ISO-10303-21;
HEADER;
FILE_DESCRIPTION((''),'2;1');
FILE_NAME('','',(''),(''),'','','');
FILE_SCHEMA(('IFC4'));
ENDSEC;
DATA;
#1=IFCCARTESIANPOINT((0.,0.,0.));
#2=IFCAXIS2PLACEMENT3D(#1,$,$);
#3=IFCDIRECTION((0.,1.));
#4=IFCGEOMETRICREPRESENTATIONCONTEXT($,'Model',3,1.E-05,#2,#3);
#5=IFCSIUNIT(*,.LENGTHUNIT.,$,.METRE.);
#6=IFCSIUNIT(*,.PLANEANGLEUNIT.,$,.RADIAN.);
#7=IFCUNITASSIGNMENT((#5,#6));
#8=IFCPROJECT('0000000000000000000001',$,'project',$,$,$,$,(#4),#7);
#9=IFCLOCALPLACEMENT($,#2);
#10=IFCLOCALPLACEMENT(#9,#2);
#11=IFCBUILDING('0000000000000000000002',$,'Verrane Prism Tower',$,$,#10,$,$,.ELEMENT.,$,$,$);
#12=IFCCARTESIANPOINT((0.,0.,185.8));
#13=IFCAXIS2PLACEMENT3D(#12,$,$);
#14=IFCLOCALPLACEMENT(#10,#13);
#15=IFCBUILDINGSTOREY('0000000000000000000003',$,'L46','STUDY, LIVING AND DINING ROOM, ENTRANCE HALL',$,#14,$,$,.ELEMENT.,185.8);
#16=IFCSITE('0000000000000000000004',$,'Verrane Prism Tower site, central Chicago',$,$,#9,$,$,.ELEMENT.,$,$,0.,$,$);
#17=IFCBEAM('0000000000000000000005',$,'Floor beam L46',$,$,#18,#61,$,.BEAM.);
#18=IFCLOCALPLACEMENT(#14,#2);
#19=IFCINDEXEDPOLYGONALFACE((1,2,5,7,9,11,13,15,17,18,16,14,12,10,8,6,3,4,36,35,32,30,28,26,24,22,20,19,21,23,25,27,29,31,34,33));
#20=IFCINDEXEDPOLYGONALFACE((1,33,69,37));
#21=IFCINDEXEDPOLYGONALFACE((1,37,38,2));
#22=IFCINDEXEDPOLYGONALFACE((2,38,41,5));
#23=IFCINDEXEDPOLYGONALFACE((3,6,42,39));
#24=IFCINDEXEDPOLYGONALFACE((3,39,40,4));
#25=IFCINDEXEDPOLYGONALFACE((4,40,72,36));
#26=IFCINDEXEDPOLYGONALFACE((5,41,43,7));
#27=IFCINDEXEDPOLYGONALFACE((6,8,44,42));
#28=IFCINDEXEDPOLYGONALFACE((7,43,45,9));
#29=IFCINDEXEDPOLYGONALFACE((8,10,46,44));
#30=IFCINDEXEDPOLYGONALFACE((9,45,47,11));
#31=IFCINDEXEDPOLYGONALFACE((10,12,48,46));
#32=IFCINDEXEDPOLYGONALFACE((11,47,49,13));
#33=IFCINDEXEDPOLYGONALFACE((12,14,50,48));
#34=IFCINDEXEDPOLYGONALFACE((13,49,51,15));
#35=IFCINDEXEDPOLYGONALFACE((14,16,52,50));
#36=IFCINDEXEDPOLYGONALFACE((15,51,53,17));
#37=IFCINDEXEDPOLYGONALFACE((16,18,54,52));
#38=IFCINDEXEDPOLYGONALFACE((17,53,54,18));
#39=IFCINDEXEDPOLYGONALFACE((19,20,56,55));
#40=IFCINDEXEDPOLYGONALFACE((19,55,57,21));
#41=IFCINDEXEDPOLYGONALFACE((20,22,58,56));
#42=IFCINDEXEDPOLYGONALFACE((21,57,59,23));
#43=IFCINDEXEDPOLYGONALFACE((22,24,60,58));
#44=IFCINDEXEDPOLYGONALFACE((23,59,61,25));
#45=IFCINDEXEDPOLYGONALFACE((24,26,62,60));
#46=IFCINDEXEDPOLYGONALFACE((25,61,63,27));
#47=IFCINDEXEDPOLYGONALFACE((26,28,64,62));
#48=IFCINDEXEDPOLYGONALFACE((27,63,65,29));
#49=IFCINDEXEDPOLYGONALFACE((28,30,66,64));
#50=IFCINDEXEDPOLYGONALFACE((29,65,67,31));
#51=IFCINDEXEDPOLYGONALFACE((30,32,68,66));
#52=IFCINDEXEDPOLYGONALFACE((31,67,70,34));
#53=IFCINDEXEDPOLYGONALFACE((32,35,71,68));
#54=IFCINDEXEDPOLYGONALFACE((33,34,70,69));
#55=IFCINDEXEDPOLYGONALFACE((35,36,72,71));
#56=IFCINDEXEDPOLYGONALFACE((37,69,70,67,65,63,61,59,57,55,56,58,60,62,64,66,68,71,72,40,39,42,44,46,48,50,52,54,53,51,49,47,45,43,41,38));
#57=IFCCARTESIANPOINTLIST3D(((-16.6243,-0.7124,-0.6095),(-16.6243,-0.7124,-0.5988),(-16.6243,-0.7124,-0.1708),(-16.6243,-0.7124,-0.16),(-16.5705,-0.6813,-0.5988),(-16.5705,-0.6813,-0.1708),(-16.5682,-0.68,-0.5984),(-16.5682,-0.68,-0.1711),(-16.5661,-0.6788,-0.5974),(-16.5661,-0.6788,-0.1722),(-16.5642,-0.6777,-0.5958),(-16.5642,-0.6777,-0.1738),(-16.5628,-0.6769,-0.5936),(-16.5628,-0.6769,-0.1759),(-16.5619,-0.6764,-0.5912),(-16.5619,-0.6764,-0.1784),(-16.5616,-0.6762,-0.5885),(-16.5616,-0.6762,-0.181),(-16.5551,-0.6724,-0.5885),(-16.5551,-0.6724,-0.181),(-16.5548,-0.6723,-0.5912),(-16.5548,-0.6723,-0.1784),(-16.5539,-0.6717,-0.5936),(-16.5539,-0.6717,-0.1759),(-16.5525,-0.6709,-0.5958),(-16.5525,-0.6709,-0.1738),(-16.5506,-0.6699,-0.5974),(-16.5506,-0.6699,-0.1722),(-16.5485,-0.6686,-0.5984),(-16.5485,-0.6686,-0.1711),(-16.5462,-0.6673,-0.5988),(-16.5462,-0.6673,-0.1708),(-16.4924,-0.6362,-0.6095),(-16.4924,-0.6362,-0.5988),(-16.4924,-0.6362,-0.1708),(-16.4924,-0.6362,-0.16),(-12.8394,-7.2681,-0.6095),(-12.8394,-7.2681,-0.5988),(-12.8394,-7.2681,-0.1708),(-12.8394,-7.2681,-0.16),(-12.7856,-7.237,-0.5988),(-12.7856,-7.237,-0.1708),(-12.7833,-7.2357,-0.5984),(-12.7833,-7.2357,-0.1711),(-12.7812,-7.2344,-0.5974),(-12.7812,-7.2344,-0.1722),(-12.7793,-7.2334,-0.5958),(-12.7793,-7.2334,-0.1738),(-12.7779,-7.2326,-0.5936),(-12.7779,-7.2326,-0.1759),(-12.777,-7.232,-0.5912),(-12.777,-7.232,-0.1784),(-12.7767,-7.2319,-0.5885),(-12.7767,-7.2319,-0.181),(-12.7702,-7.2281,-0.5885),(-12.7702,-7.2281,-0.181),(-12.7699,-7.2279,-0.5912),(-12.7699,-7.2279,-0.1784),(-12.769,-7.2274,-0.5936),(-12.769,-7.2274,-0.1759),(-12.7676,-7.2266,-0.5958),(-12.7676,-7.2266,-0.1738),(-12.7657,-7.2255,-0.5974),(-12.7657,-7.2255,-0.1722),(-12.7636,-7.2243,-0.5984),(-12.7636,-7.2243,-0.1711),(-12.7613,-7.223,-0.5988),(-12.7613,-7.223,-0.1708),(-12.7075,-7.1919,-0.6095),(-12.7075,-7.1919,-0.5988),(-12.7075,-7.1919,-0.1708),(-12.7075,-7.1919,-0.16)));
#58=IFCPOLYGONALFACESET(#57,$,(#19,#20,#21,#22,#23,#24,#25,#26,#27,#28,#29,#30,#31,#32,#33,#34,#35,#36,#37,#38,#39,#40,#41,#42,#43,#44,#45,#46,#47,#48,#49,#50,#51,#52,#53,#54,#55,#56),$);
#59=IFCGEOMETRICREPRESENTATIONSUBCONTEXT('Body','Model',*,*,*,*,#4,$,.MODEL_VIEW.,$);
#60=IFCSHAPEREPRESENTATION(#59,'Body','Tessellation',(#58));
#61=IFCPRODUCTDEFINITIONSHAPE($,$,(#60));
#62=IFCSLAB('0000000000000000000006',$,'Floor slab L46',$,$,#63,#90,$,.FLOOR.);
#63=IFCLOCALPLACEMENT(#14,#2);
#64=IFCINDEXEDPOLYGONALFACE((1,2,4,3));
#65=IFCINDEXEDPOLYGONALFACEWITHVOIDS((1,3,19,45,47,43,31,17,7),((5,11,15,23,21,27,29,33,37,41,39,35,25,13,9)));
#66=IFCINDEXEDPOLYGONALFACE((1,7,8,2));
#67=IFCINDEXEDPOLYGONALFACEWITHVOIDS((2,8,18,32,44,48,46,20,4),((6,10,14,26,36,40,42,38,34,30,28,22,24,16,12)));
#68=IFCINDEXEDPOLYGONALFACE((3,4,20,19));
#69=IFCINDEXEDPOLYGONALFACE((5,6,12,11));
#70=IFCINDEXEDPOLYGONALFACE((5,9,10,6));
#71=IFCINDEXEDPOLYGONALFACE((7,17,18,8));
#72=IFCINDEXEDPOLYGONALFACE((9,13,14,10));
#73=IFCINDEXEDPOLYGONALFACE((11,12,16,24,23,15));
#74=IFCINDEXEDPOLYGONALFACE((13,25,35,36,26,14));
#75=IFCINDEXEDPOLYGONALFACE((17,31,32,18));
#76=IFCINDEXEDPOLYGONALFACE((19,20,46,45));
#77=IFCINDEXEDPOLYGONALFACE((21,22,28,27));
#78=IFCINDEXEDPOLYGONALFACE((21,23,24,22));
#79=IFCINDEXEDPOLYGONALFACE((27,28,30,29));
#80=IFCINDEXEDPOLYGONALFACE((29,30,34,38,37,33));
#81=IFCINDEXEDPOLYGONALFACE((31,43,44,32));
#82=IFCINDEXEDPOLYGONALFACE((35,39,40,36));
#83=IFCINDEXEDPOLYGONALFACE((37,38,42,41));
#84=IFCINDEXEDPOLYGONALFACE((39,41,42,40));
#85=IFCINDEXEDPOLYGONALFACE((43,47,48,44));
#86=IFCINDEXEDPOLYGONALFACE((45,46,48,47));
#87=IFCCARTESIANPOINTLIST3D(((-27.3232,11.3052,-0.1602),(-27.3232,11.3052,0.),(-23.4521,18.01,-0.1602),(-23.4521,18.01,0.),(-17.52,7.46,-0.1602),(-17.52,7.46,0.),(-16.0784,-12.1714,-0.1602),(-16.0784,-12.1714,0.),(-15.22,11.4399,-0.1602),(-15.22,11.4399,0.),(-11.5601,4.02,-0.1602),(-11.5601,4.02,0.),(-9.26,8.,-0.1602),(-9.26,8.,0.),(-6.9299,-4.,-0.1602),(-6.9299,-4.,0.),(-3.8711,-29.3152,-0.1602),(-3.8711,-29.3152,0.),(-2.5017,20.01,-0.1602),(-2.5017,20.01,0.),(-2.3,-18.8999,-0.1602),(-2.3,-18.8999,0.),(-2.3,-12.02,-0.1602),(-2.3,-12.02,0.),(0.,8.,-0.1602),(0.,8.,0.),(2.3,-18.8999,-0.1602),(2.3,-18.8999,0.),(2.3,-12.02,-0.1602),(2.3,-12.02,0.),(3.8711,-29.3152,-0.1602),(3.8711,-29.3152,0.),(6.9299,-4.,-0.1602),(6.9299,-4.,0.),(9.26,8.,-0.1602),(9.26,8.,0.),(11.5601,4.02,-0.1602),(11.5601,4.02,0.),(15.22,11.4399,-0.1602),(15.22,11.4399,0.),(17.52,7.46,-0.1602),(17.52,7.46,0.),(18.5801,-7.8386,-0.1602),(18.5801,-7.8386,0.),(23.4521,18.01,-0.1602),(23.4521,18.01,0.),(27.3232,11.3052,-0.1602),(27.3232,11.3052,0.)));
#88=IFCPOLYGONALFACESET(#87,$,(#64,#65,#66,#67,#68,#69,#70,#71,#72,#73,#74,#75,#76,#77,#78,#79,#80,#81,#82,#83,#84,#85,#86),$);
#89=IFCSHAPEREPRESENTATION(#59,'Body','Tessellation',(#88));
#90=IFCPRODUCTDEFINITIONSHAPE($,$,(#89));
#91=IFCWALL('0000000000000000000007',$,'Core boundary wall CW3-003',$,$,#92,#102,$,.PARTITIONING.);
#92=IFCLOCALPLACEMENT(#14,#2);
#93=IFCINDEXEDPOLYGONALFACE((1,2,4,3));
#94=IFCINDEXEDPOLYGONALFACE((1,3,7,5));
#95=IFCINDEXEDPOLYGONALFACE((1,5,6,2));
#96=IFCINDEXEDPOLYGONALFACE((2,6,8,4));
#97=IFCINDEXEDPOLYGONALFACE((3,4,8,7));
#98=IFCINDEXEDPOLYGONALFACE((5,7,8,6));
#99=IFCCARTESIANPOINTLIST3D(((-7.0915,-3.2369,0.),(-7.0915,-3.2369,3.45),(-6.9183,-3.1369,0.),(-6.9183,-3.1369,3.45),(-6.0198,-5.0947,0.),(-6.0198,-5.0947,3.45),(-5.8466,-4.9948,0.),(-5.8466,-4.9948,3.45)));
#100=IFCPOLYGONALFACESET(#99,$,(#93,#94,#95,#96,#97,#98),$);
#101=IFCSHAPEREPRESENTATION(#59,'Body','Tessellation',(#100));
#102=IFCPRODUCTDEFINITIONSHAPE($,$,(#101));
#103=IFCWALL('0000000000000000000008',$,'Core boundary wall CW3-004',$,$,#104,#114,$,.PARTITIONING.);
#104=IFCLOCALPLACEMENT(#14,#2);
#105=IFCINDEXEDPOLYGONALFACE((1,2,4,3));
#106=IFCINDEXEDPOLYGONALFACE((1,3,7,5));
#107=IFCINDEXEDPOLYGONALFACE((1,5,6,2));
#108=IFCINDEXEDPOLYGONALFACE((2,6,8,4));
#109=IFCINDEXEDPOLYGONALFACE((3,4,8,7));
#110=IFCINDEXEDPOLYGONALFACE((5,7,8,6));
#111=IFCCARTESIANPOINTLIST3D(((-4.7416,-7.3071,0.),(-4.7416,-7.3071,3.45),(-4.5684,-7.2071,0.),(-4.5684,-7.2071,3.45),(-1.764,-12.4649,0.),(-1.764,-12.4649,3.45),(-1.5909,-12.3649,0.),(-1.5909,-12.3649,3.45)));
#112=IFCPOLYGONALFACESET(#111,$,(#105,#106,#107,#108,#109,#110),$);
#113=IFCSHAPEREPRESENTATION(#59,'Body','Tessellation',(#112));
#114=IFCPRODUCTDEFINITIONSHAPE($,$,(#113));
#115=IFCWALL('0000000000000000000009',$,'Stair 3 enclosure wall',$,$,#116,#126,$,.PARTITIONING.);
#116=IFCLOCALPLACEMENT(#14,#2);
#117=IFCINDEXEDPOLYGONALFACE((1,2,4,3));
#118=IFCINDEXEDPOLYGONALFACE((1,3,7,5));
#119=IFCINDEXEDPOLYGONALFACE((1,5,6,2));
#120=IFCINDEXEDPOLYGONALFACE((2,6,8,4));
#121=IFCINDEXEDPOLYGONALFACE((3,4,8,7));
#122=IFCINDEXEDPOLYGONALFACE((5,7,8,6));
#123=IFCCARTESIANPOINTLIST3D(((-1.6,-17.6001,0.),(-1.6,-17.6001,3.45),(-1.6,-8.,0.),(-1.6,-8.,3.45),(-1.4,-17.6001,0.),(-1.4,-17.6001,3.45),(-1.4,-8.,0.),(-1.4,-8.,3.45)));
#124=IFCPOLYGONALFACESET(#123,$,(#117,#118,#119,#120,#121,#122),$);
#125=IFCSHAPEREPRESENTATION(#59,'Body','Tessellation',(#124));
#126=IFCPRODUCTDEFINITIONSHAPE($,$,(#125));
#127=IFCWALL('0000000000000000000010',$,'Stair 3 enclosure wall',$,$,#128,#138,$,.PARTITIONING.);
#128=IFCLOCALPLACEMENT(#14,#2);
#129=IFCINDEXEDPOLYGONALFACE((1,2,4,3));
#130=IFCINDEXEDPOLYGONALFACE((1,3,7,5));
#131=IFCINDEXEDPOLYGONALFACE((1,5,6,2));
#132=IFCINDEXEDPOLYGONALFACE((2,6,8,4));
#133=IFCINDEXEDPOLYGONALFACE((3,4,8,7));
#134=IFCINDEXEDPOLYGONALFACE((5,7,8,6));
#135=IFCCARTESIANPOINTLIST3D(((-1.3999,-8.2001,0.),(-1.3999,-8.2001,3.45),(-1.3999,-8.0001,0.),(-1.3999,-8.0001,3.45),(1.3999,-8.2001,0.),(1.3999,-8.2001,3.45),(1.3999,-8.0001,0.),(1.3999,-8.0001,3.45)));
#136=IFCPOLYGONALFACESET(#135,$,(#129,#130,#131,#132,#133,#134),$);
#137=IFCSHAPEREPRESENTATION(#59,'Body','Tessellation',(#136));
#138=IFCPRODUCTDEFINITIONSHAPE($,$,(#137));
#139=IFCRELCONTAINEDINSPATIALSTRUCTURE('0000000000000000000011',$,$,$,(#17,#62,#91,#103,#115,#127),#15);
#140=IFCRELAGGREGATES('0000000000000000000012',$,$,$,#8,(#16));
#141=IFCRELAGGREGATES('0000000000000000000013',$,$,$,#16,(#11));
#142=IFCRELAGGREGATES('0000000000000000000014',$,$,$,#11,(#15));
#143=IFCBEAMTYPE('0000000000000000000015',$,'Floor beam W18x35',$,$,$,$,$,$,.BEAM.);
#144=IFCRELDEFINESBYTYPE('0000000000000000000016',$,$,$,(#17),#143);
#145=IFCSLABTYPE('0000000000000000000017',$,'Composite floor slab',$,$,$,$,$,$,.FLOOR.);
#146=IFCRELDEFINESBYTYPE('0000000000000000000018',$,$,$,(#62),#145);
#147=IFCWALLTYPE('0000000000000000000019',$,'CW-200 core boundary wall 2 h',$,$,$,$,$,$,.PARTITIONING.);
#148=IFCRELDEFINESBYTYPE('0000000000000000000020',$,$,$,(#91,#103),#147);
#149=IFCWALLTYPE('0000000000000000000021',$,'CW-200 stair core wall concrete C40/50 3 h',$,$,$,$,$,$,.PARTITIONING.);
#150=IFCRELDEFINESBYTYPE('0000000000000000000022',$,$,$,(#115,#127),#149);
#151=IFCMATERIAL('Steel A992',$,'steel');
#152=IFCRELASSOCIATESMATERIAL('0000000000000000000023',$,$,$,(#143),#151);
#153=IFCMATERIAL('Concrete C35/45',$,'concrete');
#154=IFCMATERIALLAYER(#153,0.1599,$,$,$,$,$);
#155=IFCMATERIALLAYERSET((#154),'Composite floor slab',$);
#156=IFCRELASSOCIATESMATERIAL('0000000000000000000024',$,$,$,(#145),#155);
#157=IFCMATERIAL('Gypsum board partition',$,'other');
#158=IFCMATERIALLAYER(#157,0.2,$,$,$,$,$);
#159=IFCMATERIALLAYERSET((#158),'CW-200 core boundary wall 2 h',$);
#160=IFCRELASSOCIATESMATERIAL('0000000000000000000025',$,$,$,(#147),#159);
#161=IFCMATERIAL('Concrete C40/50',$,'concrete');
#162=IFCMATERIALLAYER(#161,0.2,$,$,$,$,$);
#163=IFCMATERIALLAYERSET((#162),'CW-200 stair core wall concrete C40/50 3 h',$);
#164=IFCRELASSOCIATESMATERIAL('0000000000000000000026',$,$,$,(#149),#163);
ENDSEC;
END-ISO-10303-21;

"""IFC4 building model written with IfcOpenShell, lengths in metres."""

from ifc_helpers import new_model, si_unit, direction, frame, frame_2d, origin, origin_2d, place, context, subcontext, project, spatial, polyline, rectangle, i_section, outline, extrude, material, layer, layer_set, material_profile, profile_set, type_object, element, save


model = new_model("IFC4")

# Units and contexts
model_context = context("Model", 3, precision=1e-05, world=origin(), true_north=direction((0.0, 1.0)))
body_context = subcontext(model_context, "Body", "Model", "MODEL_VIEW")
ifc_project = project(units=[si_unit("LENGTHUNIT", "METRE"), si_unit("PLANEANGLEUNIT", "RADIAN")], contexts=[model_context])

# Site, building, storey
site_placement = place(None, origin())
site = spatial("IfcSite", under=ifc_project, at=site_placement, Name="Verrane Prism Tower site, central Chicago", CompositionType="ELEMENT", RefElevation=0.0)
building_placement = place(site_placement, origin())
building = spatial("IfcBuilding", under=site, at=building_placement, Name="Verrane Prism Tower", CompositionType="ELEMENT")
storey_placement = place(building_placement, frame((0.0, 0.0, 185.8)))
storey = spatial("IfcBuildingStorey", under=building, at=storey_placement, Name="L46", Description="STUDY, LIVING AND DINING ROOM, ENTRANCE HALL", CompositionType="ELEMENT", Elevation=185.8)

# Beam
ifc_material_1 = material(Name="Steel A992", Category="steel")
ifc_material_profile_1 = material_profile(ifc_material_1, i_section(OverallWidth=0.1523, OverallDepth=0.4495, WebThickness=0.0076, FlangeThickness=0.0107, FilletRadius=0.0103, at=origin_2d()), Name="W18x35")
ifc_profile_set_1 = profile_set([ifc_material_profile_1], Name="Steel A992")
beam_type_1 = type_object("IfcBeamType", Name="Floor beam W18x35", PredefinedType="BEAM", material=ifc_profile_set_1)
beam_1_placement = place(storey_placement, frame((-12.7734, -7.23, -0.3848), z_axis=(-0.5, 0.866026, 0.0), x_axis=(-0.866026, -0.5, 0.0)))
element("IfcBeam", 1, at=beam_1_placement, inside=storey, type_object=beam_type_1, Name="Floor beam L46", PredefinedType="BEAM", context=body_context, shape_type="SweptSolid", body=[
    extrude(i_section(OverallWidth=0.1523, OverallDepth=0.4495, WebThickness=0.0076, FlangeThickness=0.0107, FilletRadius=0.0103, at=origin_2d()), origin(), (0.0, 0.0, 1.0), 7.5698),
])

# Slab
ifc_material_2 = material(Name="Concrete C35/45", Category="concrete")
ifc_layer_1 = layer(ifc_material_2, 0.1599)
ifc_layer_set_1 = layer_set([ifc_layer_1], Name="Composite floor slab")
slab_type = type_object("IfcSlabType", Name="Composite floor slab", PredefinedType="FLOOR", material=ifc_layer_set_1)
slab_placement = place(storey_placement, frame((0.0, 0.0, -0.1602)))
element("IfcSlab", 2, at=slab_placement, inside=storey, type_object=slab_type, Name="Floor slab L46", PredefinedType="FLOOR", context=body_context, shape_type="SweptSolid", body=[
    extrude(outline(polyline([(18.5801, -7.8386), (3.8711, -29.3152), (-3.8711, -29.3152), (-16.0784, -12.1714), (-27.3232, 11.3052), (-23.4521, 18.01), (-2.5017, 20.01), (23.4521, 18.01), (27.3232, 11.3052), (18.5801, -7.8386)]), holes=[polyline([(17.52, 7.46), (15.22, 11.4399), (9.26, 8.0), (0.0, 8.0), (-9.26, 8.0), (-15.22, 11.4399), (-17.52, 7.46), (-11.5601, 4.02), (-6.9299, -4.0), (-2.3, -12.02), (-2.3, -18.8999), (2.3, -18.8999), (2.3, -12.02), (6.9299, -4.0), (11.5601, 4.02), (17.52, 7.46)])]), origin(), (0.0, 0.0, 1.0), 0.1602),
])

# Walls
ifc_material_3 = material(Name="Gypsum board partition", Category="other")
ifc_layer_2 = layer(ifc_material_3, 0.2)
ifc_layer_set_2 = layer_set([ifc_layer_2], Name="CW-200 core boundary wall 2 h")
wall_type_1 = type_object("IfcWallType", Name="CW-200 core boundary wall 2 h", PredefinedType="PARTITIONING", material=ifc_layer_set_2)
wall_1_placement = place(storey_placement, frame((-7.0049, -3.187, 0.0), z_axis=(0.0, 0.0, 1.0), x_axis=(0.49969, -0.866205, 0.0)))
element("IfcWall", 3, at=wall_1_placement, inside=storey, type_object=wall_type_1, Name="Core boundary wall CW3-003", PredefinedType="PARTITIONING", context=body_context, shape_type="SweptSolid", body=[
    extrude(rectangle(XDim=2.1448, YDim=0.2, at=frame_2d((1.0723, 0.0))), origin(), (0.0, 0.0, 1.0), 3.45),
])
wall_2_placement = place(storey_placement, frame((-4.655, -7.2571, 0.0), z_axis=(0.0, 0.0, 1.0), x_axis=(0.499966, -0.866045, 0.0)))
element("IfcWall", 4, at=wall_2_placement, inside=storey, type_object=wall_type_1, Name="Core boundary wall CW3-004", PredefinedType="PARTITIONING", context=body_context, shape_type="SweptSolid", body=[
    extrude(rectangle(XDim=5.9556, YDim=0.2, at=frame_2d((2.9778, 0.0))), origin(), (0.0, 0.0, 1.0), 3.45),
])
ifc_material_4 = material(Name="Concrete C40/50", Category="concrete")
ifc_layer_3 = layer(ifc_material_4, 0.2)
ifc_layer_set_3 = layer_set([ifc_layer_3], Name="CW-200 stair core wall concrete C40/50 3 h")
wall_type_2 = type_object("IfcWallType", Name="CW-200 stair core wall concrete C40/50 3 h", PredefinedType="PARTITIONING", material=ifc_layer_set_3)
wall_3_placement = place(storey_placement, frame((-1.5, -8.0, 0.0), z_axis=(0.0, 0.0, 1.0), x_axis=(0.0, -1.0, 0.0)))
element("IfcWall", 5, at=wall_3_placement, inside=storey, type_object=wall_type_2, Name="Stair 3 enclosure wall", PredefinedType="PARTITIONING", context=body_context, shape_type="SweptSolid", body=[
    extrude(rectangle(XDim=9.6001, YDim=0.2, at=frame_2d((4.8, 0.0))), origin(), (0.0, 0.0, 1.0), 3.45),
])
wall_4_placement = place(storey_placement, frame((-1.3999, -8.1001, 0.0), z_axis=(0.0, 0.0, 1.0), x_axis=(1.0, 0.0, 0.0)))
element("IfcWall", 6, at=wall_4_placement, inside=storey, type_object=wall_type_2, Name="Stair 3 enclosure wall", PredefinedType="PARTITIONING", context=body_context, shape_type="SweptSolid", body=[
    extrude(rectangle(XDim=2.7998, YDim=0.2, at=frame_2d((1.3999, 0.0))), origin(), (0.0, 0.0, 1.0), 3.45),
])

save(model, "model.ifc")
